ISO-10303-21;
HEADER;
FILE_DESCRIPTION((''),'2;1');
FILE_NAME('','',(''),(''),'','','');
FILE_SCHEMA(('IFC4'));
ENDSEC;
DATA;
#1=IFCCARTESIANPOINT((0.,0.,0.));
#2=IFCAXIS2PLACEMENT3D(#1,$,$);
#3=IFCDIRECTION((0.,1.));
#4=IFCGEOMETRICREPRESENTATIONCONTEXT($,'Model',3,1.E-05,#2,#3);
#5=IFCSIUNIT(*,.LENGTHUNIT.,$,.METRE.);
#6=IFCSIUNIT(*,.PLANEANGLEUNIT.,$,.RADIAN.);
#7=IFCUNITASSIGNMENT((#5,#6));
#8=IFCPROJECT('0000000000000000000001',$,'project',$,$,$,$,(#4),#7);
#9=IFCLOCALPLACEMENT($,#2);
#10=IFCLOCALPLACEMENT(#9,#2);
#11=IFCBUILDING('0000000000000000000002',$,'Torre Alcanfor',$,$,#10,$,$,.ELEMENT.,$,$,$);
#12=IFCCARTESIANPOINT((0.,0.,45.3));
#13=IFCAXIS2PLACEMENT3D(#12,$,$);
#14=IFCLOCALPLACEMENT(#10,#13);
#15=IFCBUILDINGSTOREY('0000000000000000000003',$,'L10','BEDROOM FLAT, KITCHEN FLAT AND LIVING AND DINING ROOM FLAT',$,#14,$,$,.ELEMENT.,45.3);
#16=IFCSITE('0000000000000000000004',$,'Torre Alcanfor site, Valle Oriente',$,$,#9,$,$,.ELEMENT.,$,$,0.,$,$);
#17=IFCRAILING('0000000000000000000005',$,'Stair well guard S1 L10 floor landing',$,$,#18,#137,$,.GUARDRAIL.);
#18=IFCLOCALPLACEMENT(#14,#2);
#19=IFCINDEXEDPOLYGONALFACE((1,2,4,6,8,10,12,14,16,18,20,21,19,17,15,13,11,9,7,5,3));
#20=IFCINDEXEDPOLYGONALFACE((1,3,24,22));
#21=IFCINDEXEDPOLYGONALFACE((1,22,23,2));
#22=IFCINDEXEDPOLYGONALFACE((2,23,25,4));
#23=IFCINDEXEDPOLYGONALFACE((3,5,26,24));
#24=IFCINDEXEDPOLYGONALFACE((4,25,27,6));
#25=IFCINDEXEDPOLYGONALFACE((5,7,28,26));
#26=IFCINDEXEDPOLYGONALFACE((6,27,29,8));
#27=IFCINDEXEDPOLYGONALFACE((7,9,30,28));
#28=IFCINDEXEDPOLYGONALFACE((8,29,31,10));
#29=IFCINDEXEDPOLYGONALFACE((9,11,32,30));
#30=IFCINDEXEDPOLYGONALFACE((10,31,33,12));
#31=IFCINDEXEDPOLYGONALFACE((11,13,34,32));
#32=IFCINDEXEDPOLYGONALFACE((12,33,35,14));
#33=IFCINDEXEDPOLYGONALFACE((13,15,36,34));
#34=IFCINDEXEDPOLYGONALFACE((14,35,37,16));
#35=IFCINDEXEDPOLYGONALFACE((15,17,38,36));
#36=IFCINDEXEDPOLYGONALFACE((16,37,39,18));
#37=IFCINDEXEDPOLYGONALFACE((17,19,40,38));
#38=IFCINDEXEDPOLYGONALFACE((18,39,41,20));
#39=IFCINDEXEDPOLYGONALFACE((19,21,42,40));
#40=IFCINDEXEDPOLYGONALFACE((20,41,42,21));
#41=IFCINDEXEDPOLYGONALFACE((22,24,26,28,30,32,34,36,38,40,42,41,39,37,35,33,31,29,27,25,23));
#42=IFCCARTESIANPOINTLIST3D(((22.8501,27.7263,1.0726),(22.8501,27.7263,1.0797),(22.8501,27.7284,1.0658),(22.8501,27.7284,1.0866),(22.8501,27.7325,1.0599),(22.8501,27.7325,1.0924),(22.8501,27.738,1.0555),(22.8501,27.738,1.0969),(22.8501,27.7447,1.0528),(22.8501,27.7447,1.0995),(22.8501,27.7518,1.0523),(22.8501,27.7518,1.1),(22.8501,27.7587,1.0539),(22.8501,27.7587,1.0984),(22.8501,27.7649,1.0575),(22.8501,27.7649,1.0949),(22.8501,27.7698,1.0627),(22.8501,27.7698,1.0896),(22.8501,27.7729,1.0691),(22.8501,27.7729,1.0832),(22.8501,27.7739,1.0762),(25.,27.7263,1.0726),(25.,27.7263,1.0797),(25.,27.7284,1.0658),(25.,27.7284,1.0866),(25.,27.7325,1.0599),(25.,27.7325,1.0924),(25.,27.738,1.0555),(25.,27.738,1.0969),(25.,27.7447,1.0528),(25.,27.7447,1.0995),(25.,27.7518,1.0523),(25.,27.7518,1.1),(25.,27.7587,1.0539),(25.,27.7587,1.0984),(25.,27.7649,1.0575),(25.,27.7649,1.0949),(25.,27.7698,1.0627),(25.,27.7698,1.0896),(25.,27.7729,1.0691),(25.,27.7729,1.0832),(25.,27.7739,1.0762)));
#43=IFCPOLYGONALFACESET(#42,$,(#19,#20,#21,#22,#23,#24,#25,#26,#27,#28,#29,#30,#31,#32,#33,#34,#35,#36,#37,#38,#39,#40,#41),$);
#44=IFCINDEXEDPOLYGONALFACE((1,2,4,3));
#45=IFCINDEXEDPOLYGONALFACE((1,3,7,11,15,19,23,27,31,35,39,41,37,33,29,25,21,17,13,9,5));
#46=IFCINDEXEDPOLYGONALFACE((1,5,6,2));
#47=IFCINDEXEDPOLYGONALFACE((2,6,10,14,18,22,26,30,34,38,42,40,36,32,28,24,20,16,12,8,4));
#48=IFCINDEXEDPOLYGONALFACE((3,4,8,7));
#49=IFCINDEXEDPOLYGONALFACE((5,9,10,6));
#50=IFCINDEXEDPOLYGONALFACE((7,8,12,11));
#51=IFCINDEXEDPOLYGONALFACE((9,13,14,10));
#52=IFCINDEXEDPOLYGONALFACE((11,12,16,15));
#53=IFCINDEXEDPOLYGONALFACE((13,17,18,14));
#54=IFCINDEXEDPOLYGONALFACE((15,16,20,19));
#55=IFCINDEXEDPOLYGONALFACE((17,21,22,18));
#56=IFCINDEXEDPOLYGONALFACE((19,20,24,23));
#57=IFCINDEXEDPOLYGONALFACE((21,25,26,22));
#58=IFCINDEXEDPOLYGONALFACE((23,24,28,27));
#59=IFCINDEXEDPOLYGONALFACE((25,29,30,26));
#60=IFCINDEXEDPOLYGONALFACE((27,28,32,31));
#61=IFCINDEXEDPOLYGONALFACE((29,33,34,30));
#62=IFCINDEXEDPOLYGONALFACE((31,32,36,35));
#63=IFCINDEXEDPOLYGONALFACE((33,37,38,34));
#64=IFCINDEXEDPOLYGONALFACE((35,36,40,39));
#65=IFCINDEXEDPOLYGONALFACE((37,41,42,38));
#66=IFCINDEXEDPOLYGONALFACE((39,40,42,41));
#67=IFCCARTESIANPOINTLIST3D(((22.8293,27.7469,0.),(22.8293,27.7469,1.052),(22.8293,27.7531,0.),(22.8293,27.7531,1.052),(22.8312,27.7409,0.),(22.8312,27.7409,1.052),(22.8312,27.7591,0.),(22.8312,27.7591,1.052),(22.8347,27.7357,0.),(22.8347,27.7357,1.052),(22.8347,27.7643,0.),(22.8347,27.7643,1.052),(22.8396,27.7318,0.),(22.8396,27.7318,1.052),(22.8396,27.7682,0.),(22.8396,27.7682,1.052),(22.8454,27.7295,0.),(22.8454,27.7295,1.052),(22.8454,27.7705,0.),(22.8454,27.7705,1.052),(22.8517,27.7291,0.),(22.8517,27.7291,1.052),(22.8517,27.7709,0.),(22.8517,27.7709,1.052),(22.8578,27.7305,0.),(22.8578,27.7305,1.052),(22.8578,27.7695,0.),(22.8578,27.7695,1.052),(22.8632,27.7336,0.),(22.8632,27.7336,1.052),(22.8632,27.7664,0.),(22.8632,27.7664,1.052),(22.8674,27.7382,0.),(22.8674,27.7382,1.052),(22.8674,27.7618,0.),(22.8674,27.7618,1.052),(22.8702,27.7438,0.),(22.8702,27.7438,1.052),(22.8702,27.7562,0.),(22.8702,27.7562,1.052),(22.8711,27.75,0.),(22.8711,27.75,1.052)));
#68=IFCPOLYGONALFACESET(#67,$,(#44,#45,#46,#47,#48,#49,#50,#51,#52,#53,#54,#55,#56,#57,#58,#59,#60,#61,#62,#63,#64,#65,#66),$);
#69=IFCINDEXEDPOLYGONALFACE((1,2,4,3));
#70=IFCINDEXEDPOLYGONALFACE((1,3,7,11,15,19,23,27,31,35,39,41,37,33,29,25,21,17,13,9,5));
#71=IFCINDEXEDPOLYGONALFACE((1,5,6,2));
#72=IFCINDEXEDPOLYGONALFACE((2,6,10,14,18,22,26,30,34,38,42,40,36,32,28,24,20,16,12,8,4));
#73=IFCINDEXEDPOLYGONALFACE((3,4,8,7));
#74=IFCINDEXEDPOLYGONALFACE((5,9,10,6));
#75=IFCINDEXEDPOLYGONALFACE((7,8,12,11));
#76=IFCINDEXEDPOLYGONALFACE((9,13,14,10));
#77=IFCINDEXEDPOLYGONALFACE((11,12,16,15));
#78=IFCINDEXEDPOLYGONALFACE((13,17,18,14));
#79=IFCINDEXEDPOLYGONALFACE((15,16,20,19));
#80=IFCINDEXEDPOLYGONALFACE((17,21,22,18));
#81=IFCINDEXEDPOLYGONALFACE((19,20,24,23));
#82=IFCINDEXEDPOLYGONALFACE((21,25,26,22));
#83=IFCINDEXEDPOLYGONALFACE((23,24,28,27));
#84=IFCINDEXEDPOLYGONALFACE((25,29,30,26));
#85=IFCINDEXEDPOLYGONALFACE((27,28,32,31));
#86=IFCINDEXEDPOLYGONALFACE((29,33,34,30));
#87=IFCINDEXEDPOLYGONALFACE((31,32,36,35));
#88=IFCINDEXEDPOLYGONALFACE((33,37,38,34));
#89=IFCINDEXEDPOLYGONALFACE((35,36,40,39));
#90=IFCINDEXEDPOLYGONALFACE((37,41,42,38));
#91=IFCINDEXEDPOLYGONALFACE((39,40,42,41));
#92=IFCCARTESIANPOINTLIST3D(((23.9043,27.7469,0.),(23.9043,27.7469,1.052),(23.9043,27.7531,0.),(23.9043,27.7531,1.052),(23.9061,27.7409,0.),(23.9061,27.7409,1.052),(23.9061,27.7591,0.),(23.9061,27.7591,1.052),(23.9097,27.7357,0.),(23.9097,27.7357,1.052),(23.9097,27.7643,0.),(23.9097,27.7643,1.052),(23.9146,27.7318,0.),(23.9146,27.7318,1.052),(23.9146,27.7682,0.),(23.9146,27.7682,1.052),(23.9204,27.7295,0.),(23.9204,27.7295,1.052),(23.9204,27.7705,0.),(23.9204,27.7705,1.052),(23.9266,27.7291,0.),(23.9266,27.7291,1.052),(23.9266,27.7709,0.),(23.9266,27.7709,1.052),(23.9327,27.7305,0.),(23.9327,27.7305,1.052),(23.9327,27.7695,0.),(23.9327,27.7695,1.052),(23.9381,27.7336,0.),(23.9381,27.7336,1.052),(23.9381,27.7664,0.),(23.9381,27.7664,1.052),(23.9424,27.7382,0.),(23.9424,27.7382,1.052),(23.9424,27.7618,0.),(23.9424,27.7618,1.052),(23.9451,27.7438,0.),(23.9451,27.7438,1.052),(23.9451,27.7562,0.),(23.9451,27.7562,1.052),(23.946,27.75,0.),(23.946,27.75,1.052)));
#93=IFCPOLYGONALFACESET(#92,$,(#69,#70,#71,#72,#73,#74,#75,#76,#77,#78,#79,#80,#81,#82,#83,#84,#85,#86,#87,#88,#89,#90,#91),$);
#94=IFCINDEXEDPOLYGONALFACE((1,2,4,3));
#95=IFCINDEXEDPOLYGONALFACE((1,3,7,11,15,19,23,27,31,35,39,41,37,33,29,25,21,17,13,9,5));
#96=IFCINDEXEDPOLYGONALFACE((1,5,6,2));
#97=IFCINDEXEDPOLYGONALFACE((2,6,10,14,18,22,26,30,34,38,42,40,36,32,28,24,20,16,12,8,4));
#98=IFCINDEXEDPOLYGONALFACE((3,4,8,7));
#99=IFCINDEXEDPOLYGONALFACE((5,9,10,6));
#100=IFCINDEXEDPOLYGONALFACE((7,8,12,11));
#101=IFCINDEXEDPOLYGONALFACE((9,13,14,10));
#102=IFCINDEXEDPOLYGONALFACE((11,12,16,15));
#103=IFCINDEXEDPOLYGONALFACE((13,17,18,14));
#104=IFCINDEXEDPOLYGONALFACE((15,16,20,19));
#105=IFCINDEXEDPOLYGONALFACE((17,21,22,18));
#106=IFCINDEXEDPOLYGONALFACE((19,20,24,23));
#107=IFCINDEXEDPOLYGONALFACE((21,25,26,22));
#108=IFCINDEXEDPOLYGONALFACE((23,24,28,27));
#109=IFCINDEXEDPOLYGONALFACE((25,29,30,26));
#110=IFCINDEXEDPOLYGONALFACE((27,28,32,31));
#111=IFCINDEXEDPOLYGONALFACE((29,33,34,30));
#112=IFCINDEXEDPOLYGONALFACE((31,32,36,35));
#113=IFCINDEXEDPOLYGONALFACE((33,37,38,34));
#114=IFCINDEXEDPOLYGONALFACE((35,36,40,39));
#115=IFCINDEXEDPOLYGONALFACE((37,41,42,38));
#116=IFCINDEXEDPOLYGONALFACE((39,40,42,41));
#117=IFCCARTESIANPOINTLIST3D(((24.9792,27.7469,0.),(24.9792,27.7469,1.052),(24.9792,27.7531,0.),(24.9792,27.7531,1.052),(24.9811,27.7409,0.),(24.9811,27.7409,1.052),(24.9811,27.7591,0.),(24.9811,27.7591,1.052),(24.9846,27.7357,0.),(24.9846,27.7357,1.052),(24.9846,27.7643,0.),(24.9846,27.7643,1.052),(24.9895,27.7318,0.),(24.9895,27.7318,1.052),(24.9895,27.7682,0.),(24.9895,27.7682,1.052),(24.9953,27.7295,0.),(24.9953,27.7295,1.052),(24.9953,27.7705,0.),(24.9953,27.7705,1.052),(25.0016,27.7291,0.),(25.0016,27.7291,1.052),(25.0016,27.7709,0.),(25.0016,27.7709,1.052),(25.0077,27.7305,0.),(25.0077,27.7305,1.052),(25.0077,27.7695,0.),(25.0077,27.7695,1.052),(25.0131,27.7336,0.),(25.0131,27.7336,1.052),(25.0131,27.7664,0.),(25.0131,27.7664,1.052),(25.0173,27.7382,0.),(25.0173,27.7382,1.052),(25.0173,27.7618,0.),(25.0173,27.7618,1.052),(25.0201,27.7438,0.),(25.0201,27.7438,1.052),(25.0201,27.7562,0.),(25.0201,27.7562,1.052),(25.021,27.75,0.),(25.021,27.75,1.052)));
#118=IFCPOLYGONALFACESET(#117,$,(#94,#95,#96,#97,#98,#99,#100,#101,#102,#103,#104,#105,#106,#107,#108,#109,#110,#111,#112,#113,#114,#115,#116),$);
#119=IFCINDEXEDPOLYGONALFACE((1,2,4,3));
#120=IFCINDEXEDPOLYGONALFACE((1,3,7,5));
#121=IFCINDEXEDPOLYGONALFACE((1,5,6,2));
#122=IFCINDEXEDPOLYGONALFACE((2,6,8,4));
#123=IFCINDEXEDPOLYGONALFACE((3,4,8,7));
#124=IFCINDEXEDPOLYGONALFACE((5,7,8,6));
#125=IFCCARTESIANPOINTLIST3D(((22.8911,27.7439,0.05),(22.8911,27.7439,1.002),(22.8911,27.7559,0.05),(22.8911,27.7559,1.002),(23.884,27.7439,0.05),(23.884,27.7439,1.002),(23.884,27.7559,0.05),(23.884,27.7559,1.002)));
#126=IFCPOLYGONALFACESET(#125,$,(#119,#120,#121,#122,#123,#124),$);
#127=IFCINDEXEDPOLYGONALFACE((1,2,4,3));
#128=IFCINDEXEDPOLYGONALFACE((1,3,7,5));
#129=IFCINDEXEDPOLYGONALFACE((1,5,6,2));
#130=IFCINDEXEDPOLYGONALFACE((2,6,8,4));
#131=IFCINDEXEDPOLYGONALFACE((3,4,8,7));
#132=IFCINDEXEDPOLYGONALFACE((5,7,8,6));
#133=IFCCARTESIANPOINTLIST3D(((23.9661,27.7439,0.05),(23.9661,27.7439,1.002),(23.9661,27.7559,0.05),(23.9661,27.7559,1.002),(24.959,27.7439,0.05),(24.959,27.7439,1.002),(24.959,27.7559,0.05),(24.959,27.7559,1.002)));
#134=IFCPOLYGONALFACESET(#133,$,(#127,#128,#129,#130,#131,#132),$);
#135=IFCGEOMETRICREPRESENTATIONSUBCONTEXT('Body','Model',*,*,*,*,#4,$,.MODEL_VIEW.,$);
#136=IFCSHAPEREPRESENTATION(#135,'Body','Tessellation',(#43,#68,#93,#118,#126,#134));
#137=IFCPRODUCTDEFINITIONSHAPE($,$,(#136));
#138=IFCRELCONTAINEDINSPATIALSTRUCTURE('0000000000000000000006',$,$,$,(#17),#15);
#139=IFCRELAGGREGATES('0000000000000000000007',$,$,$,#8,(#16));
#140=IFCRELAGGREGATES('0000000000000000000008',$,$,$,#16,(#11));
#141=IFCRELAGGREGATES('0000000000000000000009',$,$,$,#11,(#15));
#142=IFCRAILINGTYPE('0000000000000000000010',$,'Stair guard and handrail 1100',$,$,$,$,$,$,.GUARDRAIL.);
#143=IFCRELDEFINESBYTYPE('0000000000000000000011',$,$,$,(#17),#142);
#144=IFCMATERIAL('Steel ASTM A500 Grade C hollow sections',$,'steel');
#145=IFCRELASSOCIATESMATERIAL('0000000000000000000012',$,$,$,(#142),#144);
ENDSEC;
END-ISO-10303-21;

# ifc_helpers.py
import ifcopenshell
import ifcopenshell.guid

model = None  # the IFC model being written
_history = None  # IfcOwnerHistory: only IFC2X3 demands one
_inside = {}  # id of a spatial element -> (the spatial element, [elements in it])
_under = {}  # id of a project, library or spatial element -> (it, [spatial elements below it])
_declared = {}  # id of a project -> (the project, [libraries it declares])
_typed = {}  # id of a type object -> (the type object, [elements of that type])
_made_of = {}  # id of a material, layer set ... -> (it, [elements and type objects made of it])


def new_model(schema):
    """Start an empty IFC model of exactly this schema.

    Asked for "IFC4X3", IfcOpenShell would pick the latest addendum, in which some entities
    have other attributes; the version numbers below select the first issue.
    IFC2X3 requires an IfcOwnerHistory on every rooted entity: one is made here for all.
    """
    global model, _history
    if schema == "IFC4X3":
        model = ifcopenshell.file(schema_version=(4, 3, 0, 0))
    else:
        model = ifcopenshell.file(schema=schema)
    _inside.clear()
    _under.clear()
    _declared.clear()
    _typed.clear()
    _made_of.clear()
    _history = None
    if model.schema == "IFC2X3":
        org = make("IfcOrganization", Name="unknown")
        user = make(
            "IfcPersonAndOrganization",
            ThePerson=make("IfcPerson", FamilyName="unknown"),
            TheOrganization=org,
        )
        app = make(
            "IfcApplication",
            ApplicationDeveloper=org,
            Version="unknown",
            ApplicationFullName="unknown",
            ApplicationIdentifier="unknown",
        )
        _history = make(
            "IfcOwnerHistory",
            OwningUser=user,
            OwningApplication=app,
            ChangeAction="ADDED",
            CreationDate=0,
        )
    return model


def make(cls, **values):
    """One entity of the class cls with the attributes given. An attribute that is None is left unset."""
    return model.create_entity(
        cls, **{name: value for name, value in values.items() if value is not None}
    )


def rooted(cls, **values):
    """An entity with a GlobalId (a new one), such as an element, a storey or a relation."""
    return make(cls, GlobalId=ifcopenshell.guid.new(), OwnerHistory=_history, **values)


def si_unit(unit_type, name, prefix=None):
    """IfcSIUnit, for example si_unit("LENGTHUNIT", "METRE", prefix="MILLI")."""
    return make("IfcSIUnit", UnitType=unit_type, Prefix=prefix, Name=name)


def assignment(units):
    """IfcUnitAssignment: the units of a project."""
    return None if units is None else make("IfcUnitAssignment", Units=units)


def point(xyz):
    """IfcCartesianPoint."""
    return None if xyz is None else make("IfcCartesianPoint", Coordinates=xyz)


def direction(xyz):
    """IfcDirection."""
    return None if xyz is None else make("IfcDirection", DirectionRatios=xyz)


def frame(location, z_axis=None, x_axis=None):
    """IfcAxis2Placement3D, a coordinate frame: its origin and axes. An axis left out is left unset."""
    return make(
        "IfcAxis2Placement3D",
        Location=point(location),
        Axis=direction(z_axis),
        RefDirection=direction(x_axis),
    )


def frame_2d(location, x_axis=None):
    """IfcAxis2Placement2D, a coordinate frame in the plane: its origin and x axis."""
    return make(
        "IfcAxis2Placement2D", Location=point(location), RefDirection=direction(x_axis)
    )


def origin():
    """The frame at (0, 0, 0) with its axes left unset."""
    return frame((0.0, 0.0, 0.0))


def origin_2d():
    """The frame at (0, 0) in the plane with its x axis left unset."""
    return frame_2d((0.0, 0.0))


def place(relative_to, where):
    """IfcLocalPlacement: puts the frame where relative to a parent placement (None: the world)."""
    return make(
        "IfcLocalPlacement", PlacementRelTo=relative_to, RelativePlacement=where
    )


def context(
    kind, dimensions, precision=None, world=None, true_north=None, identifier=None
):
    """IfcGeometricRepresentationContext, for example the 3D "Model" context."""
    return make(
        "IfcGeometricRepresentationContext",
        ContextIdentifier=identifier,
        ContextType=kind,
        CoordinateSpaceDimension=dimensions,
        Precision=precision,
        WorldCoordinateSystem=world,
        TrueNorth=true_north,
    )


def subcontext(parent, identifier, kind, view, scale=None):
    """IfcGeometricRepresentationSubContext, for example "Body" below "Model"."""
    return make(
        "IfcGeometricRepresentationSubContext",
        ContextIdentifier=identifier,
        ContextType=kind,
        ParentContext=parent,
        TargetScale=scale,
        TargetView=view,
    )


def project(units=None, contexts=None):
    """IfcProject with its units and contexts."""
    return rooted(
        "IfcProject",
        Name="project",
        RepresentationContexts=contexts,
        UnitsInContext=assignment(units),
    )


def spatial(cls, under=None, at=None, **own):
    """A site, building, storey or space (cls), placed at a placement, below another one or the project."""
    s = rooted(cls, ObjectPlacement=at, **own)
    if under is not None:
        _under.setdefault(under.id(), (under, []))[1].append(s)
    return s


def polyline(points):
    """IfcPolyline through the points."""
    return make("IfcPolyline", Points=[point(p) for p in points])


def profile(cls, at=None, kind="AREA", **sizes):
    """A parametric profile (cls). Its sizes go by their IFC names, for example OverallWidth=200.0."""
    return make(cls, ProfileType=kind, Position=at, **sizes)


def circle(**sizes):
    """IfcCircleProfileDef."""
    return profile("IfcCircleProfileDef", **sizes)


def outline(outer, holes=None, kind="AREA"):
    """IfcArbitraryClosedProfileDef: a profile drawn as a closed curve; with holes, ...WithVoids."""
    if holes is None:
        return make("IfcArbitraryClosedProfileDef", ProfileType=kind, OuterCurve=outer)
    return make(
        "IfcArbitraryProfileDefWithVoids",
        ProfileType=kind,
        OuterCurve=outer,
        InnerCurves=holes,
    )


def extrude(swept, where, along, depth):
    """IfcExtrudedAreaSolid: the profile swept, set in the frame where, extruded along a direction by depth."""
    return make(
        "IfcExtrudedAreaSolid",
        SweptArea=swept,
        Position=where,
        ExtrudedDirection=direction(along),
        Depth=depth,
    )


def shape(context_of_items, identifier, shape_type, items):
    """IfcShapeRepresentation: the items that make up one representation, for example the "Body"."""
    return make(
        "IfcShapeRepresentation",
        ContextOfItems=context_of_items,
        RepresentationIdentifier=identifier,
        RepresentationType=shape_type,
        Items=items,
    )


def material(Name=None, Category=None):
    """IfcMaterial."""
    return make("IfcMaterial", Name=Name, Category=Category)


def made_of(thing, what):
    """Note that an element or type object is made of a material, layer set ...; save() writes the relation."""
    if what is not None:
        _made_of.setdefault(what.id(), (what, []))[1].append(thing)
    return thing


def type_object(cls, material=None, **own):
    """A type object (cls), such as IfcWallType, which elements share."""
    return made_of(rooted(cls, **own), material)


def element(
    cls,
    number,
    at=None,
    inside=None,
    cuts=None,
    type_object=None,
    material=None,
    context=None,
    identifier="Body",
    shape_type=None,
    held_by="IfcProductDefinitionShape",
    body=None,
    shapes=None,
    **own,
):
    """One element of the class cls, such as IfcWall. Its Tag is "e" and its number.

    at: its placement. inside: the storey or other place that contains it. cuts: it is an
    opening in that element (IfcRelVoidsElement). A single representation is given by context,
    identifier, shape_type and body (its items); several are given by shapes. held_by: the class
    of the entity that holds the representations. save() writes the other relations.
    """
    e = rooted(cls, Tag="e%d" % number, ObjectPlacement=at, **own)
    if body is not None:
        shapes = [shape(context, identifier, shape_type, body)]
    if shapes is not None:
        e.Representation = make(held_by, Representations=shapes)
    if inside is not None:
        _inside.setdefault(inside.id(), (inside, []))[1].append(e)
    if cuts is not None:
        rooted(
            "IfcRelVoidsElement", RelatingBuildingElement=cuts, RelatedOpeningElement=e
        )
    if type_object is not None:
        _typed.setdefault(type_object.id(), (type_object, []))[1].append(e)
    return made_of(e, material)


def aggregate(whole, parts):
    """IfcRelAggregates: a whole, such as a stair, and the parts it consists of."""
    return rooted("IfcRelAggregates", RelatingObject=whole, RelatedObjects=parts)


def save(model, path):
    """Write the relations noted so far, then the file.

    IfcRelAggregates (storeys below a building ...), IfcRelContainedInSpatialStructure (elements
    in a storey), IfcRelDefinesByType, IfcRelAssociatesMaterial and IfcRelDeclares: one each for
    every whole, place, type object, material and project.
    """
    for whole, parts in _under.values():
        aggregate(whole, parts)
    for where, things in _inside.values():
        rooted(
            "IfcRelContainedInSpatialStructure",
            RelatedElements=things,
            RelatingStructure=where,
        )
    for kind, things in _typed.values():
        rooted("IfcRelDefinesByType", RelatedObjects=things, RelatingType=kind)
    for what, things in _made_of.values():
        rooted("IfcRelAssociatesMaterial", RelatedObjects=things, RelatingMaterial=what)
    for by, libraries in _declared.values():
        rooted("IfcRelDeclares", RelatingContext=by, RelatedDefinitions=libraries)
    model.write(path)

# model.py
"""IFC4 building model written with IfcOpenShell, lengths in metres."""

from ifc_helpers import new_model, si_unit, direction, frame, origin, origin_2d, place, context, subcontext, project, spatial, polyline, circle, outline, extrude, material, type_object, element, save


model = new_model("IFC4")

# Units and contexts
model_context = context("Model", 3, precision=1e-05, world=origin(), true_north=direction((0.0, 1.0)))
body_context = subcontext(model_context, "Body", "Model", "MODEL_VIEW")
ifc_project = project(units=[si_unit("LENGTHUNIT", "METRE"), si_unit("PLANEANGLEUNIT", "RADIAN")], contexts=[model_context])

# Site, building, storey
site_placement = place(None, origin())
site = spatial("IfcSite", under=ifc_project, at=site_placement, Name="Torre Alcanfor site, Valle Oriente", CompositionType="ELEMENT", RefElevation=0.0)
building_placement = place(site_placement, origin())
building = spatial("IfcBuilding", under=site, at=building_placement, Name="Torre Alcanfor", CompositionType="ELEMENT")
storey_placement = place(building_placement, frame((0.0, 0.0, 45.3)))
storey = spatial("IfcBuildingStorey", under=building, at=storey_placement, Name="L10", Description="BEDROOM FLAT, KITCHEN FLAT AND LIVING AND DINING ROOM FLAT", CompositionType="ELEMENT", Elevation=45.3)

# Railing
ifc_material_1 = material(Name="Steel ASTM A500 Grade C hollow sections", Category="steel")
railing_type_1 = type_object("IfcRailingType", Name="Stair guard and handrail 1100", PredefinedType="GUARDRAIL", material=ifc_material_1)
railing_1_placement = place(storey_placement, frame((22.8501, 27.75, 0.0)))
element("IfcRailing", 1, at=railing_1_placement, inside=storey, type_object=railing_type_1, Name="Stair well guard S1 L10 floor landing", PredefinedType="GUARDRAIL", context=body_context, shape_type="SweptSolid", body=[
    extrude(circle(Radius=0.0239, at=origin_2d()), frame((0.0, 0.0, 1.0762), z_axis=(1.0, 0.0, 0.0), x_axis=(0.0, 1.0, 0.0)), (0.0, 0.0, 1.0), 2.1499),
    extrude(circle(Radius=0.021, at=origin_2d()), origin(), (0.0, 0.0, 1.0), 1.052),
    extrude(circle(Radius=0.021, at=origin_2d()), frame((1.075, 0.0, 0.0)), (0.0, 0.0, 1.0), 1.052),
    extrude(circle(Radius=0.021, at=origin_2d()), frame((2.1499, 0.0, 0.0)), (0.0, 0.0, 1.0), 1.052),
    extrude(outline(polyline([(0.041, 0.05), (1.0339, 0.05), (1.0339, 1.002), (0.041, 1.002), (0.041, 0.05)])), frame((0.0, 0.0059, 0.0), z_axis=(0.0, -1.0, 0.0), x_axis=(1.0, 0.0, 0.0)), (0.0, 0.0, 1.0), 0.012),
    extrude(outline(polyline([(1.116, 0.05), (2.1089, 0.05), (2.1089, 1.002), (1.116, 1.002), (1.116, 0.05)])), frame((0.0, 0.0059, 0.0), z_axis=(0.0, -1.0, 0.0), x_axis=(1.0, 0.0, 0.0)), (0.0, 0.0, 1.0), 0.012),
])

save(model, "model.ifc")
